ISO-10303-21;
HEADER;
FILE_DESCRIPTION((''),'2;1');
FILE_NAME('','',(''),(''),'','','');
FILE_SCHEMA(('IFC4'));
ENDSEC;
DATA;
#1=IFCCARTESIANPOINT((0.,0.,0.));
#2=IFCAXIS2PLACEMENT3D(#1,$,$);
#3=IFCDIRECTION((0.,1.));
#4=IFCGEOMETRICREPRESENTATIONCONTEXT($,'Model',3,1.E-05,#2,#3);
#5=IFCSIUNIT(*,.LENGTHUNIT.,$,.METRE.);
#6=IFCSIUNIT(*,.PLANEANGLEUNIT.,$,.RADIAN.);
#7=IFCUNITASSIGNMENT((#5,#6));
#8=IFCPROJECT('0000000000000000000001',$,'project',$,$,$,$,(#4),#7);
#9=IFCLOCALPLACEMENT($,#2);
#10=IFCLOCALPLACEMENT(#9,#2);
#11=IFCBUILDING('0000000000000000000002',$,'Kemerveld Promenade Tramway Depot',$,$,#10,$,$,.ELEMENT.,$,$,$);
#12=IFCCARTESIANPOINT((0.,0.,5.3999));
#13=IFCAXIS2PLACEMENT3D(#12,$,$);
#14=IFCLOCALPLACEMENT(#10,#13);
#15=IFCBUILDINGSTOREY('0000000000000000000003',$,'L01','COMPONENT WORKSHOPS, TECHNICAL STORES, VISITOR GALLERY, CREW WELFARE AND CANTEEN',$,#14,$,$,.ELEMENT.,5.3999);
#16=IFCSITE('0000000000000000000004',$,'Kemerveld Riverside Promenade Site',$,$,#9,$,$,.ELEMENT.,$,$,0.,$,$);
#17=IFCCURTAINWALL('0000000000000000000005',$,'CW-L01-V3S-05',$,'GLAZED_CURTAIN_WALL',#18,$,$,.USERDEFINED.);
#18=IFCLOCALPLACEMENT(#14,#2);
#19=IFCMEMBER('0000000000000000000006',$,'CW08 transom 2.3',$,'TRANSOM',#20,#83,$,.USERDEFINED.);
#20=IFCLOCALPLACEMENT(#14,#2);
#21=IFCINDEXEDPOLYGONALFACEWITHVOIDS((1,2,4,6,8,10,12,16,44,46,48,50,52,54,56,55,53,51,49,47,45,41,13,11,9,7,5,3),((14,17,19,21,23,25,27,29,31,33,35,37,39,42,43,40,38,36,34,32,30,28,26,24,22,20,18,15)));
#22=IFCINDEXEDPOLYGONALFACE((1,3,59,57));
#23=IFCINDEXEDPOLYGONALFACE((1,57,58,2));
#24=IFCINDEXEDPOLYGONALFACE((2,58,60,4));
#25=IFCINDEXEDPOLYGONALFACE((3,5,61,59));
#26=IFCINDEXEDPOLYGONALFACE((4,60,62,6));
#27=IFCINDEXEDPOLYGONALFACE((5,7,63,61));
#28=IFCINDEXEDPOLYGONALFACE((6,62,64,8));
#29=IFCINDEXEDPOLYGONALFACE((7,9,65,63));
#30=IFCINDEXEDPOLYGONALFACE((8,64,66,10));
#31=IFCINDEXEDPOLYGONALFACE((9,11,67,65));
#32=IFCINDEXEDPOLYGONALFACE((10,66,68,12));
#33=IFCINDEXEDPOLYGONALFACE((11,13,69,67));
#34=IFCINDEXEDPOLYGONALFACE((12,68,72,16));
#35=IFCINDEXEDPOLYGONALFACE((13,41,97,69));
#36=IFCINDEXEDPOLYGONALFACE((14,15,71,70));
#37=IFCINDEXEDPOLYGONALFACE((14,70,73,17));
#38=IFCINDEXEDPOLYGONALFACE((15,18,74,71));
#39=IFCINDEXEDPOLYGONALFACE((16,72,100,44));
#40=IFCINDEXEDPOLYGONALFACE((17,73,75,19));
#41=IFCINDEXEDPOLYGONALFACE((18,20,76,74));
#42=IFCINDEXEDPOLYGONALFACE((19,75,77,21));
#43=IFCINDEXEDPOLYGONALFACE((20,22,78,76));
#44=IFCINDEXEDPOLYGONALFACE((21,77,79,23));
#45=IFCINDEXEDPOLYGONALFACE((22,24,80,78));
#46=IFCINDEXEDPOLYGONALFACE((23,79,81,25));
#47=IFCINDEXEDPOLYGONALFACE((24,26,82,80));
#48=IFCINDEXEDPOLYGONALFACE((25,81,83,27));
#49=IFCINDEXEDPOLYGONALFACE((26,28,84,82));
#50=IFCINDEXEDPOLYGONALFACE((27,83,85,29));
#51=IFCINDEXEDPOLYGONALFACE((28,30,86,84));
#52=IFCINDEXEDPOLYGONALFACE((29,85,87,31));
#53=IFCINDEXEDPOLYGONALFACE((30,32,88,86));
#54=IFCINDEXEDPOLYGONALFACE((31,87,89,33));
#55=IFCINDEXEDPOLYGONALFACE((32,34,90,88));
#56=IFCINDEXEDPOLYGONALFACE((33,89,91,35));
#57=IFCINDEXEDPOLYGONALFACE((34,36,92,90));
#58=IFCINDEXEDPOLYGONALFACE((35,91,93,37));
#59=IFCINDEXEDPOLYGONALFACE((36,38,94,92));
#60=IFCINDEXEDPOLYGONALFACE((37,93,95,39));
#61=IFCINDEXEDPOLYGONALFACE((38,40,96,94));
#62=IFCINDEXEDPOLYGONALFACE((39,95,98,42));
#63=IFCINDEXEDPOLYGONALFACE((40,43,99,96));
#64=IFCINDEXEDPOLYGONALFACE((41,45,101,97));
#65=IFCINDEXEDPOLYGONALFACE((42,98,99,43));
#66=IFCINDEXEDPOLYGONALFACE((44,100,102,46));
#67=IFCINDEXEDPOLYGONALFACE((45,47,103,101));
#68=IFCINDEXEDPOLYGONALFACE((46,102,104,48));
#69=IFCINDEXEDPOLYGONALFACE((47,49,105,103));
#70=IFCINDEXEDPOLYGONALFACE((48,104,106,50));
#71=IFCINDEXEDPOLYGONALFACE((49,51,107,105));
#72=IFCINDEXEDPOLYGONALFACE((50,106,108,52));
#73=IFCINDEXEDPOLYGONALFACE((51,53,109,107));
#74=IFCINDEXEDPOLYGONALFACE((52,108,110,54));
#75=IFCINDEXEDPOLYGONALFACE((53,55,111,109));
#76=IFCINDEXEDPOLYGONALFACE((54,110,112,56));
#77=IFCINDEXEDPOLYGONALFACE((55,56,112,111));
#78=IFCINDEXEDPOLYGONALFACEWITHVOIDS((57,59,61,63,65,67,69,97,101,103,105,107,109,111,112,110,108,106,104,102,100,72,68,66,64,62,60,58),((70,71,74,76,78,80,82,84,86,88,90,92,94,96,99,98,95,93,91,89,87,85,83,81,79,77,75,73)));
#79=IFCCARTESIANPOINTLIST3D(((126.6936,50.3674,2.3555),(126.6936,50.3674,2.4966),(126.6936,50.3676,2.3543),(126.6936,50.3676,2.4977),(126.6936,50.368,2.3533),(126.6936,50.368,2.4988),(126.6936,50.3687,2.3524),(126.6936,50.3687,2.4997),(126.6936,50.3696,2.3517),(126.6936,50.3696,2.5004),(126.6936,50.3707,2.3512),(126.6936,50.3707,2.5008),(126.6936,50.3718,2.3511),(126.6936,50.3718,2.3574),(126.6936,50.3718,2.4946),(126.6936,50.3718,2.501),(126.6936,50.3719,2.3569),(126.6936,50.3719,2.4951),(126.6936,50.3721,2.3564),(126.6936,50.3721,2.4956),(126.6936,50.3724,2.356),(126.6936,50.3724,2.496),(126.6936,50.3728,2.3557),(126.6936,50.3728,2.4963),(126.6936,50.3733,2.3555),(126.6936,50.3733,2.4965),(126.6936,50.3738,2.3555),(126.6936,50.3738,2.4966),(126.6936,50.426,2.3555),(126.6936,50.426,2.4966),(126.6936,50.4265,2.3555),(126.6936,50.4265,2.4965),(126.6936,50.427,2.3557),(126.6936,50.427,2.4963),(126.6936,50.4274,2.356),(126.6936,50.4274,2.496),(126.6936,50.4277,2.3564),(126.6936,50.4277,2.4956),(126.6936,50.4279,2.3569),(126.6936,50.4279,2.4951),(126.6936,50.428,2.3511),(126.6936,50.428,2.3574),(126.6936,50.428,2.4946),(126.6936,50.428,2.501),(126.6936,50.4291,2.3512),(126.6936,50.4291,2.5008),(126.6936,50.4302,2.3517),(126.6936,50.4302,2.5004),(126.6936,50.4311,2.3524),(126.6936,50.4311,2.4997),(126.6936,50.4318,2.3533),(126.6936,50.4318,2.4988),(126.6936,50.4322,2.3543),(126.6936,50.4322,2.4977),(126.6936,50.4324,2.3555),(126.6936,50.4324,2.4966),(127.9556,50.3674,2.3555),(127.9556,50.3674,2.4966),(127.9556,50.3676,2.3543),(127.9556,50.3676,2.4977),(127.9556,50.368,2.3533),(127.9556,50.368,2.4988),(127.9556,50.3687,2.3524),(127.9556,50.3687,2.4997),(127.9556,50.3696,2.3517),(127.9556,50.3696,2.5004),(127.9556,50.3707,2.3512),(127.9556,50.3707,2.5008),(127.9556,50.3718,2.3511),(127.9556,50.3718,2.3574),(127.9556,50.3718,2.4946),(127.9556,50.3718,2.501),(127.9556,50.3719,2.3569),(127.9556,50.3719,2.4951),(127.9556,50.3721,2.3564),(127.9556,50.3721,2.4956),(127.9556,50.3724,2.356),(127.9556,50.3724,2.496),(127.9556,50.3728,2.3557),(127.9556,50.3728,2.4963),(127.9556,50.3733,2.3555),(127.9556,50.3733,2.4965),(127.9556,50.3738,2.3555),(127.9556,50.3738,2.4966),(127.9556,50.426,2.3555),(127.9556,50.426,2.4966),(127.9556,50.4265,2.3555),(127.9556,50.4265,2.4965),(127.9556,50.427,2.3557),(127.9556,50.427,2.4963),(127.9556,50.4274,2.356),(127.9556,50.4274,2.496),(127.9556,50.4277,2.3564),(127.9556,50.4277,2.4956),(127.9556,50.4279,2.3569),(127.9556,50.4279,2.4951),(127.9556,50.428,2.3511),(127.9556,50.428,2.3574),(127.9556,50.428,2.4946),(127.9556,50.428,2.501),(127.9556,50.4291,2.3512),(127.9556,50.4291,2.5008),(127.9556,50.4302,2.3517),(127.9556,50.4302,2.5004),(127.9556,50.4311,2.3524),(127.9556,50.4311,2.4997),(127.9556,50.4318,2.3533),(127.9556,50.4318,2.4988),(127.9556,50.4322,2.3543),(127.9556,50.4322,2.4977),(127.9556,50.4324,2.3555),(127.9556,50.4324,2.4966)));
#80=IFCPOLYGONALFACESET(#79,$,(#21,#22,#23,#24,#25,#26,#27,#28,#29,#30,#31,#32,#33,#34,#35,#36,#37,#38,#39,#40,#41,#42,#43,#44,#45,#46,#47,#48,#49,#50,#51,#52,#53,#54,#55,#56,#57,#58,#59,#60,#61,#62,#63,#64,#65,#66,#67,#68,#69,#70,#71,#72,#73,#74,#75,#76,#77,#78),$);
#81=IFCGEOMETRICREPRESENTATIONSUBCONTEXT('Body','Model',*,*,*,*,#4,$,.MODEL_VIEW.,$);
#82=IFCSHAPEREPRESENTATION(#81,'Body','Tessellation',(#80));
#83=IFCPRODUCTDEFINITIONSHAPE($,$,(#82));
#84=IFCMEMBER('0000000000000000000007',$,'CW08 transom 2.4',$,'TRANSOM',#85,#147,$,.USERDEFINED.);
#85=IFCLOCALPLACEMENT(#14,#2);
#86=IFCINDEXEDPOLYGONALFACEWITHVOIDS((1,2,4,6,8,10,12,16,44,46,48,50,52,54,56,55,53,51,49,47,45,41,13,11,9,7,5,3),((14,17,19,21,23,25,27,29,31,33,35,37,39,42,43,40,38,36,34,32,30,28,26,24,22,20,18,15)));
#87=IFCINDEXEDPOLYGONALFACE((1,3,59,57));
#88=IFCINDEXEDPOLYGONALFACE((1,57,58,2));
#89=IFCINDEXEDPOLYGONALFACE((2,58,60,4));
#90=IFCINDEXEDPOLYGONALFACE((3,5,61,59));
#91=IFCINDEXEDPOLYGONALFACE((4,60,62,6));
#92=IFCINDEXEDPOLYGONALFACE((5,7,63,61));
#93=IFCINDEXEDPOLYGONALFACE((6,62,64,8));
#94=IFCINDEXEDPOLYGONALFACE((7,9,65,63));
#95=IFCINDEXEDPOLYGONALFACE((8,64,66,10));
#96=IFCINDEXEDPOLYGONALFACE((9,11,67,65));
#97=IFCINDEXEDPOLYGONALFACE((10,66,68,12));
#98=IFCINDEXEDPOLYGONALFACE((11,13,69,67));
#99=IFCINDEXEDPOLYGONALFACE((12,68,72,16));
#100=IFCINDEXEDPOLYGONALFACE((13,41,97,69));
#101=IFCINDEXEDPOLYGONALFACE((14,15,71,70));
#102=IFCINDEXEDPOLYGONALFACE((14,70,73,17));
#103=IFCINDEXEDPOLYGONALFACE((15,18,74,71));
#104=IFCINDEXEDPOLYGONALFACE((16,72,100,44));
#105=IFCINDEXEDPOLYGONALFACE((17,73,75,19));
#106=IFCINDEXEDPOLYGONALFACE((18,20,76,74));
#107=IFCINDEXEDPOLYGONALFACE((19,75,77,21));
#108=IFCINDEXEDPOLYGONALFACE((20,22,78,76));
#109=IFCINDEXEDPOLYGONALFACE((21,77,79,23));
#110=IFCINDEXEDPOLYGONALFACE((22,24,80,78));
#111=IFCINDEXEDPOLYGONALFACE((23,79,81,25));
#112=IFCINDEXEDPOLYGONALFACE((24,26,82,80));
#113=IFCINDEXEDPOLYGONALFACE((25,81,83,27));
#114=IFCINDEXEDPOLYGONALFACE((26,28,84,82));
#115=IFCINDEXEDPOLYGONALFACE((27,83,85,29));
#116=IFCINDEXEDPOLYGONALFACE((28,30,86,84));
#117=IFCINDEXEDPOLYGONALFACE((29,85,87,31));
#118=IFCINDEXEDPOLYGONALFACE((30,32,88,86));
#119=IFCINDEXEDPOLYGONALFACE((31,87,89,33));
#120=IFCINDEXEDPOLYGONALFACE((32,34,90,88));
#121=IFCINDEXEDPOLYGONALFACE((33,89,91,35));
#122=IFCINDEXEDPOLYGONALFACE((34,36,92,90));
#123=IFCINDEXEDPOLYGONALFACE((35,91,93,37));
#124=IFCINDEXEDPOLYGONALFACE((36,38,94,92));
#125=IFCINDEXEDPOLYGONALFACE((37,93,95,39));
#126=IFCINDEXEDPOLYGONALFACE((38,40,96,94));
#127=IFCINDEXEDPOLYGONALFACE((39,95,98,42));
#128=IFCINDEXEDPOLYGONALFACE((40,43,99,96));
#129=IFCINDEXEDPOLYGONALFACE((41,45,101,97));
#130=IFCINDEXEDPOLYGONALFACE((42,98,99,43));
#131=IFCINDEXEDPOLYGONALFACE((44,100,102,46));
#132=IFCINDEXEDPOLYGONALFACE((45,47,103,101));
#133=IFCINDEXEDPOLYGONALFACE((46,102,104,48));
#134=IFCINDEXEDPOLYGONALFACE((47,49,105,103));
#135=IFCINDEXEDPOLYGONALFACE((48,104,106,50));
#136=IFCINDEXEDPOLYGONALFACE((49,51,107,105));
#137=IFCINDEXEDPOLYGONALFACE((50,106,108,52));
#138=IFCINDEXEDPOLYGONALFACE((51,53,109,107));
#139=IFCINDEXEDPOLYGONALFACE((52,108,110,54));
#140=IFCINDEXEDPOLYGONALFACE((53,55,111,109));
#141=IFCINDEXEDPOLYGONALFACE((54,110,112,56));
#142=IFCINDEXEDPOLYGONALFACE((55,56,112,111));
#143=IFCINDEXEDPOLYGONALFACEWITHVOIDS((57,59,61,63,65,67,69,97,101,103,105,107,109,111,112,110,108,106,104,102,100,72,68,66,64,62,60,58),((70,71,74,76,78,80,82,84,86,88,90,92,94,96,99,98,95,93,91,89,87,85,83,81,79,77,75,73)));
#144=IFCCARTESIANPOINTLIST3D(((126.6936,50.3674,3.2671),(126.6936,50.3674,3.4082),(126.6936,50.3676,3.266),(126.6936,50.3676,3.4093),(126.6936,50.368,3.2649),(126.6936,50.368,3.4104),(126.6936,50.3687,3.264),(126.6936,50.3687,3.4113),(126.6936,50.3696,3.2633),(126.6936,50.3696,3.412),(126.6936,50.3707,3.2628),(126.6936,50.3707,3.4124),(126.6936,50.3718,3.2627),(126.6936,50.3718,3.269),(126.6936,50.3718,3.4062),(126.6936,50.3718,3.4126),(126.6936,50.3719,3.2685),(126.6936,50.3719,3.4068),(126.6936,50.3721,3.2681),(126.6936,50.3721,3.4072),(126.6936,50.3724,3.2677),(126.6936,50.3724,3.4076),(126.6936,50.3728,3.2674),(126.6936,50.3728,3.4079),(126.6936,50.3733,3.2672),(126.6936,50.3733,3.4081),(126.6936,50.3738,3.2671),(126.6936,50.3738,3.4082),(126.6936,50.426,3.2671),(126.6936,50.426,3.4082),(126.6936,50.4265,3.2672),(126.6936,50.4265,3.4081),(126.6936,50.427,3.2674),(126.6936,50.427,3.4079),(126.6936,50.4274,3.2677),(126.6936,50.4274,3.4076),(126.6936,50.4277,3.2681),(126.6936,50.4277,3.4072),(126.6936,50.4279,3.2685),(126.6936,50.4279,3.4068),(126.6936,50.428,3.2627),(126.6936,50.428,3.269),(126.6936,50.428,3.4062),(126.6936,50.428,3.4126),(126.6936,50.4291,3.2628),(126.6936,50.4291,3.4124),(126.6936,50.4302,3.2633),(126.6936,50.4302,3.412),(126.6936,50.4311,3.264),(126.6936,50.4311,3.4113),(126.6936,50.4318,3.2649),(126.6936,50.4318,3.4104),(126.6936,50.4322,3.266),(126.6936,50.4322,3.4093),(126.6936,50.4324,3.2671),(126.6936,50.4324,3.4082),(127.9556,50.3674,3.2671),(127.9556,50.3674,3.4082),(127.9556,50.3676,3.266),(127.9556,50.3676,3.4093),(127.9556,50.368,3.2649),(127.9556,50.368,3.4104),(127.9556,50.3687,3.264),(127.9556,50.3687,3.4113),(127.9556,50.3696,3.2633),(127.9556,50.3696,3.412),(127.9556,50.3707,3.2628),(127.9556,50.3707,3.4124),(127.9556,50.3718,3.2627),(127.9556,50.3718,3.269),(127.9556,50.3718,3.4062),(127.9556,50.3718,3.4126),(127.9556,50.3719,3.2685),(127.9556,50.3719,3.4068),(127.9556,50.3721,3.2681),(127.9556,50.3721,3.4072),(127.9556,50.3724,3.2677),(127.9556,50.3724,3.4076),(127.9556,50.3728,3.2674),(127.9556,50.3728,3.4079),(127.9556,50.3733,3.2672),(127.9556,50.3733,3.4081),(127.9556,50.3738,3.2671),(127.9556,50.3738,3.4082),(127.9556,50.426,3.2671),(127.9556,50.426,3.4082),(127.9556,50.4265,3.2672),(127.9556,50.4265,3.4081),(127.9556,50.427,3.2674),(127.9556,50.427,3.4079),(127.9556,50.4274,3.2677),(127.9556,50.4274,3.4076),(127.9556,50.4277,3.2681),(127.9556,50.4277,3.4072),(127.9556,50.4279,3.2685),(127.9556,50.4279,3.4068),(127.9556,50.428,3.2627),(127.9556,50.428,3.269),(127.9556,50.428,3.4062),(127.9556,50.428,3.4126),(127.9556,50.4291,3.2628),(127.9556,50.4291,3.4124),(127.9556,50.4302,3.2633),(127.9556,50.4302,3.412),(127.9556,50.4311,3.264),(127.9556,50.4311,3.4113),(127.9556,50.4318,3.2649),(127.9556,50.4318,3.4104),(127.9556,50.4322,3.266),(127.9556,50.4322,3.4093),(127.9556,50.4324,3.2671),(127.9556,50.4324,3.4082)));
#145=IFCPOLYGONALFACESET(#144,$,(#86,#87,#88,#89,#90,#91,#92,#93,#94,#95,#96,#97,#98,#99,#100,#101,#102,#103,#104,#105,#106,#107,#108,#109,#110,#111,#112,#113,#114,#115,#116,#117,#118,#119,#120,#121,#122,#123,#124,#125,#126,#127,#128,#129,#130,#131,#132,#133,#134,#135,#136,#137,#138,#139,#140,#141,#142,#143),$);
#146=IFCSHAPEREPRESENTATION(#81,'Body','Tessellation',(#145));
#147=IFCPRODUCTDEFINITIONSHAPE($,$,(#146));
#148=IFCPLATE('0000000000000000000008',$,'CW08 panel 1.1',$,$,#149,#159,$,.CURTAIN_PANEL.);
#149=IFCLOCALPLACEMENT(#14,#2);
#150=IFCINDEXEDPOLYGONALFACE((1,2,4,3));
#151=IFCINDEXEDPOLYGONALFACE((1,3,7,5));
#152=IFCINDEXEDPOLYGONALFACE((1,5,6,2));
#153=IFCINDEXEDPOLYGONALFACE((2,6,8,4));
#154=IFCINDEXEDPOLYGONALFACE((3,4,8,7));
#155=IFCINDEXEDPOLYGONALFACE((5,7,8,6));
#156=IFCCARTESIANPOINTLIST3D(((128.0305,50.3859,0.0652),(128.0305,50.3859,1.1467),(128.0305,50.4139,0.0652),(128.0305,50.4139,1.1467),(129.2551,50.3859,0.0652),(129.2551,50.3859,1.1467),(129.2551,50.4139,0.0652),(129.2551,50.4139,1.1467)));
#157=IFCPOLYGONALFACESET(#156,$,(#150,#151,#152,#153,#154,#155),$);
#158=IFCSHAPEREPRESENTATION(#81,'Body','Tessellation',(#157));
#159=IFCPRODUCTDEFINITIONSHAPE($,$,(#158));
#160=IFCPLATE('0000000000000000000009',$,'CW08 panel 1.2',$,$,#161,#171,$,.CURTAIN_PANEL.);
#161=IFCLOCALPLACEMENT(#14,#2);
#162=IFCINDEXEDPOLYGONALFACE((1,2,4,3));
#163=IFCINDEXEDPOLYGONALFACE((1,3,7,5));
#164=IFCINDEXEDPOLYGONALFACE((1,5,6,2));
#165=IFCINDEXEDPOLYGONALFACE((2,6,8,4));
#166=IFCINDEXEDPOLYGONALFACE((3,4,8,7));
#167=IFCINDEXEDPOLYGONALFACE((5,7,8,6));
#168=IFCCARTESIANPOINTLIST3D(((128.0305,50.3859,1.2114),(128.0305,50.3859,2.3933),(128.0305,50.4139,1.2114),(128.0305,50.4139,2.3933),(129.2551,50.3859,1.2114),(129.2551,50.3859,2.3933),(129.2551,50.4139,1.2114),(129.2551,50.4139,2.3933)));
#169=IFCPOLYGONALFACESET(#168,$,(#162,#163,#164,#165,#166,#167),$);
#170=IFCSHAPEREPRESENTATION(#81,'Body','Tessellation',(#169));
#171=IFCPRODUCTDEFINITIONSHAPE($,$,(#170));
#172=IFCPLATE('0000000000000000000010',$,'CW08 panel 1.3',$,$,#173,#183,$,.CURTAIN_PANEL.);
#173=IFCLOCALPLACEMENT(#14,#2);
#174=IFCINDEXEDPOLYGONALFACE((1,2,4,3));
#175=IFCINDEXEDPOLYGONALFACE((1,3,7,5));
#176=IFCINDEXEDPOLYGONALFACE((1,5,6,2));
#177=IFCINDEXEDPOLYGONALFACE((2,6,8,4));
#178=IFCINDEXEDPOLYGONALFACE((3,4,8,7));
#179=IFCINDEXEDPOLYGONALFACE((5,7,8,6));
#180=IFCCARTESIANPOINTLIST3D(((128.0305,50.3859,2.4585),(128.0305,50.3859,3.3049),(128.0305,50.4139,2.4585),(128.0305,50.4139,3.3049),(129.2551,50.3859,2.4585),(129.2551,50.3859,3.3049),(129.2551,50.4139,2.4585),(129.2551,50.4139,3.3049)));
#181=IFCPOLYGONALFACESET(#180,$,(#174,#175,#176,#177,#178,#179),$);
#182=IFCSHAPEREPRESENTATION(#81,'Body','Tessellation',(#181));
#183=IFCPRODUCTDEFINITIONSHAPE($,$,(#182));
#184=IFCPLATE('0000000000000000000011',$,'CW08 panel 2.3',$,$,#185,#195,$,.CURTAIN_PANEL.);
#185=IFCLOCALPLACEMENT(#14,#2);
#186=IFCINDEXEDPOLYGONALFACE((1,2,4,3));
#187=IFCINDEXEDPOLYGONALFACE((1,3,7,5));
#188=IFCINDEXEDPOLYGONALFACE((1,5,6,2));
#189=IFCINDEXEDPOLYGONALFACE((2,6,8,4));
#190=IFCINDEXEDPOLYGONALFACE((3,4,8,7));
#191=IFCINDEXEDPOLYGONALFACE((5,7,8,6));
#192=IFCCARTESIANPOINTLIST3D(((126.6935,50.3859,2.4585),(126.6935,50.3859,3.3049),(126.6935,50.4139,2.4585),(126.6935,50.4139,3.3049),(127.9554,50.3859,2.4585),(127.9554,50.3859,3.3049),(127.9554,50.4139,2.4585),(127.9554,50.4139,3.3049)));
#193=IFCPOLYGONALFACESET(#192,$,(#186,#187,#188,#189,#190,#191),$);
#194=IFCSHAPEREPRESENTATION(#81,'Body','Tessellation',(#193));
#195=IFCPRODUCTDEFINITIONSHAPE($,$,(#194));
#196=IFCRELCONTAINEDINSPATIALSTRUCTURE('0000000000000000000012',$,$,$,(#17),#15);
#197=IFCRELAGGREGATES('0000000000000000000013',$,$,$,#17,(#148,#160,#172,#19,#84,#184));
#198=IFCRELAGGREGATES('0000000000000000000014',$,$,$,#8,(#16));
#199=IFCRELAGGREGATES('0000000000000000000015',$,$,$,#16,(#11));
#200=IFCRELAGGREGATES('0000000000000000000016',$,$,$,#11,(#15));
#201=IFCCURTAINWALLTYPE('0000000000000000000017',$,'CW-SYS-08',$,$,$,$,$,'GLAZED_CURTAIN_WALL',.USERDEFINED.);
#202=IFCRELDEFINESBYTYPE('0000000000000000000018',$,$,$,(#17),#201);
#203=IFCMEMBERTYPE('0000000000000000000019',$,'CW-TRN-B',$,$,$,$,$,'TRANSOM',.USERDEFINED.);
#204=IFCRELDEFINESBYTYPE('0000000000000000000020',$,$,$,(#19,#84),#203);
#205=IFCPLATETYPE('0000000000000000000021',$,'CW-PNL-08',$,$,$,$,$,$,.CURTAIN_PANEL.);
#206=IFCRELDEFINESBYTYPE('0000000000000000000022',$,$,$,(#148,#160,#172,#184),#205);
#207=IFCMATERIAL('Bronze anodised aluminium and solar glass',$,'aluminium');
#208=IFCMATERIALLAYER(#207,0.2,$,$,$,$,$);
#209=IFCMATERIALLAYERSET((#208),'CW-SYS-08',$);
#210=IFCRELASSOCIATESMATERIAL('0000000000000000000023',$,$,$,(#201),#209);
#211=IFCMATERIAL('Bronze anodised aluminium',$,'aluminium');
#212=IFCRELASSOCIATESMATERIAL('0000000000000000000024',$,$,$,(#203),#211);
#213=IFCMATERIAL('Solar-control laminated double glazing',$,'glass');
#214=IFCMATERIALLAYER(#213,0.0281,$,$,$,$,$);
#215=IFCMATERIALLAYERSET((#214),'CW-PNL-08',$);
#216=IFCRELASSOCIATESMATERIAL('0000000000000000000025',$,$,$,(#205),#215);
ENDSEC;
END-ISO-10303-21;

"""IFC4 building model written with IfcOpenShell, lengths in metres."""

from ifc_helpers import new_model, si_unit, direction, frame, origin, origin_2d, place, context, subcontext, project, spatial, rectangle, hollow_rectangle, extrude, material, layer, layer_set, material_profile, profile_set, type_object, element, aggregate, save


model = new_model("IFC4")

# Units and contexts
model_context = context("Model", 3, precision=1e-05, world=origin(), true_north=direction((0.0, 1.0)))
body_context = subcontext(model_context, "Body", "Model", "MODEL_VIEW")
ifc_project = project(units=[si_unit("LENGTHUNIT", "METRE"), si_unit("PLANEANGLEUNIT", "RADIAN")], contexts=[model_context])

# Site, building, storey
site_placement = place(None, origin())
site = spatial("IfcSite", under=ifc_project, at=site_placement, Name="Kemerveld Riverside Promenade Site", CompositionType="ELEMENT", RefElevation=0.0)
building_placement = place(site_placement, origin())
building = spatial("IfcBuilding", under=site, at=building_placement, Name="Kemerveld Promenade Tramway Depot", CompositionType="ELEMENT")
storey_placement = place(building_placement, frame((0.0, 0.0, 5.3999)))
storey = spatial("IfcBuildingStorey", under=building, at=storey_placement, Name="L01", Description="COMPONENT WORKSHOPS, TECHNICAL STORES, VISITOR GALLERY, CREW WELFARE AND CANTEEN", CompositionType="ELEMENT", Elevation=5.3999)

# Curtain wall, members, plates
ifc_material_1 = material(Name="Bronze anodised aluminium and solar glass", Category="aluminium")
ifc_layer_1 = layer(ifc_material_1, 0.2)
ifc_layer_set_1 = layer_set([ifc_layer_1], Name="CW-SYS-08")
curtain_wall_type = type_object("IfcCurtainWallType", Name="CW-SYS-08", ElementType="GLAZED_CURTAIN_WALL", PredefinedType="USERDEFINED", material=ifc_layer_set_1)
curtain_wall_placement = place(storey_placement, origin())
curtain_wall = element("IfcCurtainWall", 1, at=curtain_wall_placement, inside=storey, type_object=curtain_wall_type, Name="CW-L01-V3S-05", ObjectType="GLAZED_CURTAIN_WALL", PredefinedType="USERDEFINED")
ifc_material_2 = material(Name="Bronze anodised aluminium", Category="aluminium")
ifc_material_profile_1 = material_profile(ifc_material_2, hollow_rectangle(XDim=0.0649, YDim=0.1499, WallThickness=0.0044, InnerFilletRadius=0.002, OuterFilletRadius=0.0044, at=origin_2d()), Name="CW-TRN-150x65")
ifc_profile_set_1 = profile_set([ifc_material_profile_1], Name="Bronze anodised aluminium")
member_type_1 = type_object("IfcMemberType", Name="CW-TRN-B", ElementType="TRANSOM", PredefinedType="USERDEFINED", material=ifc_profile_set_1)
member_1_placement = place(storey_placement, frame((127.9556, 50.3999, 2.426), z_axis=(-1.0, 0.0, 0.0), x_axis=(0.0, -1.0, 0.0)))
member_1 = element("IfcMember", 2, at=member_1_placement, type_object=member_type_1, Name="CW08 transom 2.3", ObjectType="TRANSOM", PredefinedType="USERDEFINED", context=body_context, shape_type="SweptSolid", body=[
    extrude(hollow_rectangle(XDim=0.0649, YDim=0.1499, WallThickness=0.0044, InnerFilletRadius=0.002, OuterFilletRadius=0.0044, at=origin_2d()), origin(), (0.0, 0.0, 1.0), 1.262),
])
member_2_placement = place(storey_placement, frame((127.9556, 50.3999, 3.3376), z_axis=(-1.0, 0.0, 0.0), x_axis=(0.0, -1.0, 0.0)))
member_2 = element("IfcMember", 3, at=member_2_placement, type_object=member_type_1, Name="CW08 transom 2.4", ObjectType="TRANSOM", PredefinedType="USERDEFINED", context=body_context, shape_type="SweptSolid", body=[
    extrude(hollow_rectangle(XDim=0.0649, YDim=0.1499, WallThickness=0.0044, InnerFilletRadius=0.002, OuterFilletRadius=0.0044, at=origin_2d()), origin(), (0.0, 0.0, 1.0), 1.262),
])
ifc_material_3 = material(Name="Solar-control laminated double glazing", Category="glass")
ifc_layer_2 = layer(ifc_material_3, 0.0281)
ifc_layer_set_2 = layer_set([ifc_layer_2], Name="CW-PNL-08")
plate_type = type_object("IfcPlateType", Name="CW-PNL-08", PredefinedType="CURTAIN_PANEL", material=ifc_layer_set_2)
plate_1_placement = place(storey_placement, frame((128.6428, 50.3999, 0.0652), z_axis=(0.0, 0.0, 1.0), x_axis=(-1.0, 0.0, 0.0)))
plate_1 = element("IfcPlate", 4, at=plate_1_placement, type_object=plate_type, Name="CW08 panel 1.1", PredefinedType="CURTAIN_PANEL", context=body_context, shape_type="SweptSolid", body=[
    extrude(rectangle(XDim=1.2246, YDim=0.0281, at=origin_2d()), origin(), (0.0, 0.0, 1.0), 1.0815),
])
plate_2_placement = place(storey_placement, frame((128.6428, 50.3999, 1.2114), z_axis=(0.0, 0.0, 1.0), x_axis=(-1.0, 0.0, 0.0)))
plate_2 = element("IfcPlate", 5, at=plate_2_placement, type_object=plate_type, Name="CW08 panel 1.2", PredefinedType="CURTAIN_PANEL", context=body_context, shape_type="SweptSolid", body=[
    extrude(rectangle(XDim=1.2246, YDim=0.0281, at=origin_2d()), origin(), (0.0, 0.0, 1.0), 1.1819),
])
plate_3_placement = place(storey_placement, frame((128.6428, 50.3999, 2.4585), z_axis=(0.0, 0.0, 1.0), x_axis=(-1.0, 0.0, 0.0)))
plate_3 = element("IfcPlate", 6, at=plate_3_placement, type_object=plate_type, Name="CW08 panel 1.3", PredefinedType="CURTAIN_PANEL", context=body_context, shape_type="SweptSolid", body=[
    extrude(rectangle(XDim=1.2246, YDim=0.0281, at=origin_2d()), origin(), (0.0, 0.0, 1.0), 0.8464),
])
plate_4_placement = place(storey_placement, frame((127.3245, 50.3999, 2.4585), z_axis=(0.0, 0.0, 1.0), x_axis=(-1.0, 0.0, 0.0)))
plate_4 = element("IfcPlate", 7, at=plate_4_placement, type_object=plate_type, Name="CW08 panel 2.3", PredefinedType="CURTAIN_PANEL", context=body_context, shape_type="SweptSolid", body=[
    extrude(rectangle(XDim=1.262, YDim=0.0281, at=origin_2d()), origin(), (0.0, 0.0, 1.0), 0.8464),
])
aggregate(curtain_wall, [plate_1, plate_2, plate_3, member_1, member_2, plate_4])

save(model, "model.ifc")
